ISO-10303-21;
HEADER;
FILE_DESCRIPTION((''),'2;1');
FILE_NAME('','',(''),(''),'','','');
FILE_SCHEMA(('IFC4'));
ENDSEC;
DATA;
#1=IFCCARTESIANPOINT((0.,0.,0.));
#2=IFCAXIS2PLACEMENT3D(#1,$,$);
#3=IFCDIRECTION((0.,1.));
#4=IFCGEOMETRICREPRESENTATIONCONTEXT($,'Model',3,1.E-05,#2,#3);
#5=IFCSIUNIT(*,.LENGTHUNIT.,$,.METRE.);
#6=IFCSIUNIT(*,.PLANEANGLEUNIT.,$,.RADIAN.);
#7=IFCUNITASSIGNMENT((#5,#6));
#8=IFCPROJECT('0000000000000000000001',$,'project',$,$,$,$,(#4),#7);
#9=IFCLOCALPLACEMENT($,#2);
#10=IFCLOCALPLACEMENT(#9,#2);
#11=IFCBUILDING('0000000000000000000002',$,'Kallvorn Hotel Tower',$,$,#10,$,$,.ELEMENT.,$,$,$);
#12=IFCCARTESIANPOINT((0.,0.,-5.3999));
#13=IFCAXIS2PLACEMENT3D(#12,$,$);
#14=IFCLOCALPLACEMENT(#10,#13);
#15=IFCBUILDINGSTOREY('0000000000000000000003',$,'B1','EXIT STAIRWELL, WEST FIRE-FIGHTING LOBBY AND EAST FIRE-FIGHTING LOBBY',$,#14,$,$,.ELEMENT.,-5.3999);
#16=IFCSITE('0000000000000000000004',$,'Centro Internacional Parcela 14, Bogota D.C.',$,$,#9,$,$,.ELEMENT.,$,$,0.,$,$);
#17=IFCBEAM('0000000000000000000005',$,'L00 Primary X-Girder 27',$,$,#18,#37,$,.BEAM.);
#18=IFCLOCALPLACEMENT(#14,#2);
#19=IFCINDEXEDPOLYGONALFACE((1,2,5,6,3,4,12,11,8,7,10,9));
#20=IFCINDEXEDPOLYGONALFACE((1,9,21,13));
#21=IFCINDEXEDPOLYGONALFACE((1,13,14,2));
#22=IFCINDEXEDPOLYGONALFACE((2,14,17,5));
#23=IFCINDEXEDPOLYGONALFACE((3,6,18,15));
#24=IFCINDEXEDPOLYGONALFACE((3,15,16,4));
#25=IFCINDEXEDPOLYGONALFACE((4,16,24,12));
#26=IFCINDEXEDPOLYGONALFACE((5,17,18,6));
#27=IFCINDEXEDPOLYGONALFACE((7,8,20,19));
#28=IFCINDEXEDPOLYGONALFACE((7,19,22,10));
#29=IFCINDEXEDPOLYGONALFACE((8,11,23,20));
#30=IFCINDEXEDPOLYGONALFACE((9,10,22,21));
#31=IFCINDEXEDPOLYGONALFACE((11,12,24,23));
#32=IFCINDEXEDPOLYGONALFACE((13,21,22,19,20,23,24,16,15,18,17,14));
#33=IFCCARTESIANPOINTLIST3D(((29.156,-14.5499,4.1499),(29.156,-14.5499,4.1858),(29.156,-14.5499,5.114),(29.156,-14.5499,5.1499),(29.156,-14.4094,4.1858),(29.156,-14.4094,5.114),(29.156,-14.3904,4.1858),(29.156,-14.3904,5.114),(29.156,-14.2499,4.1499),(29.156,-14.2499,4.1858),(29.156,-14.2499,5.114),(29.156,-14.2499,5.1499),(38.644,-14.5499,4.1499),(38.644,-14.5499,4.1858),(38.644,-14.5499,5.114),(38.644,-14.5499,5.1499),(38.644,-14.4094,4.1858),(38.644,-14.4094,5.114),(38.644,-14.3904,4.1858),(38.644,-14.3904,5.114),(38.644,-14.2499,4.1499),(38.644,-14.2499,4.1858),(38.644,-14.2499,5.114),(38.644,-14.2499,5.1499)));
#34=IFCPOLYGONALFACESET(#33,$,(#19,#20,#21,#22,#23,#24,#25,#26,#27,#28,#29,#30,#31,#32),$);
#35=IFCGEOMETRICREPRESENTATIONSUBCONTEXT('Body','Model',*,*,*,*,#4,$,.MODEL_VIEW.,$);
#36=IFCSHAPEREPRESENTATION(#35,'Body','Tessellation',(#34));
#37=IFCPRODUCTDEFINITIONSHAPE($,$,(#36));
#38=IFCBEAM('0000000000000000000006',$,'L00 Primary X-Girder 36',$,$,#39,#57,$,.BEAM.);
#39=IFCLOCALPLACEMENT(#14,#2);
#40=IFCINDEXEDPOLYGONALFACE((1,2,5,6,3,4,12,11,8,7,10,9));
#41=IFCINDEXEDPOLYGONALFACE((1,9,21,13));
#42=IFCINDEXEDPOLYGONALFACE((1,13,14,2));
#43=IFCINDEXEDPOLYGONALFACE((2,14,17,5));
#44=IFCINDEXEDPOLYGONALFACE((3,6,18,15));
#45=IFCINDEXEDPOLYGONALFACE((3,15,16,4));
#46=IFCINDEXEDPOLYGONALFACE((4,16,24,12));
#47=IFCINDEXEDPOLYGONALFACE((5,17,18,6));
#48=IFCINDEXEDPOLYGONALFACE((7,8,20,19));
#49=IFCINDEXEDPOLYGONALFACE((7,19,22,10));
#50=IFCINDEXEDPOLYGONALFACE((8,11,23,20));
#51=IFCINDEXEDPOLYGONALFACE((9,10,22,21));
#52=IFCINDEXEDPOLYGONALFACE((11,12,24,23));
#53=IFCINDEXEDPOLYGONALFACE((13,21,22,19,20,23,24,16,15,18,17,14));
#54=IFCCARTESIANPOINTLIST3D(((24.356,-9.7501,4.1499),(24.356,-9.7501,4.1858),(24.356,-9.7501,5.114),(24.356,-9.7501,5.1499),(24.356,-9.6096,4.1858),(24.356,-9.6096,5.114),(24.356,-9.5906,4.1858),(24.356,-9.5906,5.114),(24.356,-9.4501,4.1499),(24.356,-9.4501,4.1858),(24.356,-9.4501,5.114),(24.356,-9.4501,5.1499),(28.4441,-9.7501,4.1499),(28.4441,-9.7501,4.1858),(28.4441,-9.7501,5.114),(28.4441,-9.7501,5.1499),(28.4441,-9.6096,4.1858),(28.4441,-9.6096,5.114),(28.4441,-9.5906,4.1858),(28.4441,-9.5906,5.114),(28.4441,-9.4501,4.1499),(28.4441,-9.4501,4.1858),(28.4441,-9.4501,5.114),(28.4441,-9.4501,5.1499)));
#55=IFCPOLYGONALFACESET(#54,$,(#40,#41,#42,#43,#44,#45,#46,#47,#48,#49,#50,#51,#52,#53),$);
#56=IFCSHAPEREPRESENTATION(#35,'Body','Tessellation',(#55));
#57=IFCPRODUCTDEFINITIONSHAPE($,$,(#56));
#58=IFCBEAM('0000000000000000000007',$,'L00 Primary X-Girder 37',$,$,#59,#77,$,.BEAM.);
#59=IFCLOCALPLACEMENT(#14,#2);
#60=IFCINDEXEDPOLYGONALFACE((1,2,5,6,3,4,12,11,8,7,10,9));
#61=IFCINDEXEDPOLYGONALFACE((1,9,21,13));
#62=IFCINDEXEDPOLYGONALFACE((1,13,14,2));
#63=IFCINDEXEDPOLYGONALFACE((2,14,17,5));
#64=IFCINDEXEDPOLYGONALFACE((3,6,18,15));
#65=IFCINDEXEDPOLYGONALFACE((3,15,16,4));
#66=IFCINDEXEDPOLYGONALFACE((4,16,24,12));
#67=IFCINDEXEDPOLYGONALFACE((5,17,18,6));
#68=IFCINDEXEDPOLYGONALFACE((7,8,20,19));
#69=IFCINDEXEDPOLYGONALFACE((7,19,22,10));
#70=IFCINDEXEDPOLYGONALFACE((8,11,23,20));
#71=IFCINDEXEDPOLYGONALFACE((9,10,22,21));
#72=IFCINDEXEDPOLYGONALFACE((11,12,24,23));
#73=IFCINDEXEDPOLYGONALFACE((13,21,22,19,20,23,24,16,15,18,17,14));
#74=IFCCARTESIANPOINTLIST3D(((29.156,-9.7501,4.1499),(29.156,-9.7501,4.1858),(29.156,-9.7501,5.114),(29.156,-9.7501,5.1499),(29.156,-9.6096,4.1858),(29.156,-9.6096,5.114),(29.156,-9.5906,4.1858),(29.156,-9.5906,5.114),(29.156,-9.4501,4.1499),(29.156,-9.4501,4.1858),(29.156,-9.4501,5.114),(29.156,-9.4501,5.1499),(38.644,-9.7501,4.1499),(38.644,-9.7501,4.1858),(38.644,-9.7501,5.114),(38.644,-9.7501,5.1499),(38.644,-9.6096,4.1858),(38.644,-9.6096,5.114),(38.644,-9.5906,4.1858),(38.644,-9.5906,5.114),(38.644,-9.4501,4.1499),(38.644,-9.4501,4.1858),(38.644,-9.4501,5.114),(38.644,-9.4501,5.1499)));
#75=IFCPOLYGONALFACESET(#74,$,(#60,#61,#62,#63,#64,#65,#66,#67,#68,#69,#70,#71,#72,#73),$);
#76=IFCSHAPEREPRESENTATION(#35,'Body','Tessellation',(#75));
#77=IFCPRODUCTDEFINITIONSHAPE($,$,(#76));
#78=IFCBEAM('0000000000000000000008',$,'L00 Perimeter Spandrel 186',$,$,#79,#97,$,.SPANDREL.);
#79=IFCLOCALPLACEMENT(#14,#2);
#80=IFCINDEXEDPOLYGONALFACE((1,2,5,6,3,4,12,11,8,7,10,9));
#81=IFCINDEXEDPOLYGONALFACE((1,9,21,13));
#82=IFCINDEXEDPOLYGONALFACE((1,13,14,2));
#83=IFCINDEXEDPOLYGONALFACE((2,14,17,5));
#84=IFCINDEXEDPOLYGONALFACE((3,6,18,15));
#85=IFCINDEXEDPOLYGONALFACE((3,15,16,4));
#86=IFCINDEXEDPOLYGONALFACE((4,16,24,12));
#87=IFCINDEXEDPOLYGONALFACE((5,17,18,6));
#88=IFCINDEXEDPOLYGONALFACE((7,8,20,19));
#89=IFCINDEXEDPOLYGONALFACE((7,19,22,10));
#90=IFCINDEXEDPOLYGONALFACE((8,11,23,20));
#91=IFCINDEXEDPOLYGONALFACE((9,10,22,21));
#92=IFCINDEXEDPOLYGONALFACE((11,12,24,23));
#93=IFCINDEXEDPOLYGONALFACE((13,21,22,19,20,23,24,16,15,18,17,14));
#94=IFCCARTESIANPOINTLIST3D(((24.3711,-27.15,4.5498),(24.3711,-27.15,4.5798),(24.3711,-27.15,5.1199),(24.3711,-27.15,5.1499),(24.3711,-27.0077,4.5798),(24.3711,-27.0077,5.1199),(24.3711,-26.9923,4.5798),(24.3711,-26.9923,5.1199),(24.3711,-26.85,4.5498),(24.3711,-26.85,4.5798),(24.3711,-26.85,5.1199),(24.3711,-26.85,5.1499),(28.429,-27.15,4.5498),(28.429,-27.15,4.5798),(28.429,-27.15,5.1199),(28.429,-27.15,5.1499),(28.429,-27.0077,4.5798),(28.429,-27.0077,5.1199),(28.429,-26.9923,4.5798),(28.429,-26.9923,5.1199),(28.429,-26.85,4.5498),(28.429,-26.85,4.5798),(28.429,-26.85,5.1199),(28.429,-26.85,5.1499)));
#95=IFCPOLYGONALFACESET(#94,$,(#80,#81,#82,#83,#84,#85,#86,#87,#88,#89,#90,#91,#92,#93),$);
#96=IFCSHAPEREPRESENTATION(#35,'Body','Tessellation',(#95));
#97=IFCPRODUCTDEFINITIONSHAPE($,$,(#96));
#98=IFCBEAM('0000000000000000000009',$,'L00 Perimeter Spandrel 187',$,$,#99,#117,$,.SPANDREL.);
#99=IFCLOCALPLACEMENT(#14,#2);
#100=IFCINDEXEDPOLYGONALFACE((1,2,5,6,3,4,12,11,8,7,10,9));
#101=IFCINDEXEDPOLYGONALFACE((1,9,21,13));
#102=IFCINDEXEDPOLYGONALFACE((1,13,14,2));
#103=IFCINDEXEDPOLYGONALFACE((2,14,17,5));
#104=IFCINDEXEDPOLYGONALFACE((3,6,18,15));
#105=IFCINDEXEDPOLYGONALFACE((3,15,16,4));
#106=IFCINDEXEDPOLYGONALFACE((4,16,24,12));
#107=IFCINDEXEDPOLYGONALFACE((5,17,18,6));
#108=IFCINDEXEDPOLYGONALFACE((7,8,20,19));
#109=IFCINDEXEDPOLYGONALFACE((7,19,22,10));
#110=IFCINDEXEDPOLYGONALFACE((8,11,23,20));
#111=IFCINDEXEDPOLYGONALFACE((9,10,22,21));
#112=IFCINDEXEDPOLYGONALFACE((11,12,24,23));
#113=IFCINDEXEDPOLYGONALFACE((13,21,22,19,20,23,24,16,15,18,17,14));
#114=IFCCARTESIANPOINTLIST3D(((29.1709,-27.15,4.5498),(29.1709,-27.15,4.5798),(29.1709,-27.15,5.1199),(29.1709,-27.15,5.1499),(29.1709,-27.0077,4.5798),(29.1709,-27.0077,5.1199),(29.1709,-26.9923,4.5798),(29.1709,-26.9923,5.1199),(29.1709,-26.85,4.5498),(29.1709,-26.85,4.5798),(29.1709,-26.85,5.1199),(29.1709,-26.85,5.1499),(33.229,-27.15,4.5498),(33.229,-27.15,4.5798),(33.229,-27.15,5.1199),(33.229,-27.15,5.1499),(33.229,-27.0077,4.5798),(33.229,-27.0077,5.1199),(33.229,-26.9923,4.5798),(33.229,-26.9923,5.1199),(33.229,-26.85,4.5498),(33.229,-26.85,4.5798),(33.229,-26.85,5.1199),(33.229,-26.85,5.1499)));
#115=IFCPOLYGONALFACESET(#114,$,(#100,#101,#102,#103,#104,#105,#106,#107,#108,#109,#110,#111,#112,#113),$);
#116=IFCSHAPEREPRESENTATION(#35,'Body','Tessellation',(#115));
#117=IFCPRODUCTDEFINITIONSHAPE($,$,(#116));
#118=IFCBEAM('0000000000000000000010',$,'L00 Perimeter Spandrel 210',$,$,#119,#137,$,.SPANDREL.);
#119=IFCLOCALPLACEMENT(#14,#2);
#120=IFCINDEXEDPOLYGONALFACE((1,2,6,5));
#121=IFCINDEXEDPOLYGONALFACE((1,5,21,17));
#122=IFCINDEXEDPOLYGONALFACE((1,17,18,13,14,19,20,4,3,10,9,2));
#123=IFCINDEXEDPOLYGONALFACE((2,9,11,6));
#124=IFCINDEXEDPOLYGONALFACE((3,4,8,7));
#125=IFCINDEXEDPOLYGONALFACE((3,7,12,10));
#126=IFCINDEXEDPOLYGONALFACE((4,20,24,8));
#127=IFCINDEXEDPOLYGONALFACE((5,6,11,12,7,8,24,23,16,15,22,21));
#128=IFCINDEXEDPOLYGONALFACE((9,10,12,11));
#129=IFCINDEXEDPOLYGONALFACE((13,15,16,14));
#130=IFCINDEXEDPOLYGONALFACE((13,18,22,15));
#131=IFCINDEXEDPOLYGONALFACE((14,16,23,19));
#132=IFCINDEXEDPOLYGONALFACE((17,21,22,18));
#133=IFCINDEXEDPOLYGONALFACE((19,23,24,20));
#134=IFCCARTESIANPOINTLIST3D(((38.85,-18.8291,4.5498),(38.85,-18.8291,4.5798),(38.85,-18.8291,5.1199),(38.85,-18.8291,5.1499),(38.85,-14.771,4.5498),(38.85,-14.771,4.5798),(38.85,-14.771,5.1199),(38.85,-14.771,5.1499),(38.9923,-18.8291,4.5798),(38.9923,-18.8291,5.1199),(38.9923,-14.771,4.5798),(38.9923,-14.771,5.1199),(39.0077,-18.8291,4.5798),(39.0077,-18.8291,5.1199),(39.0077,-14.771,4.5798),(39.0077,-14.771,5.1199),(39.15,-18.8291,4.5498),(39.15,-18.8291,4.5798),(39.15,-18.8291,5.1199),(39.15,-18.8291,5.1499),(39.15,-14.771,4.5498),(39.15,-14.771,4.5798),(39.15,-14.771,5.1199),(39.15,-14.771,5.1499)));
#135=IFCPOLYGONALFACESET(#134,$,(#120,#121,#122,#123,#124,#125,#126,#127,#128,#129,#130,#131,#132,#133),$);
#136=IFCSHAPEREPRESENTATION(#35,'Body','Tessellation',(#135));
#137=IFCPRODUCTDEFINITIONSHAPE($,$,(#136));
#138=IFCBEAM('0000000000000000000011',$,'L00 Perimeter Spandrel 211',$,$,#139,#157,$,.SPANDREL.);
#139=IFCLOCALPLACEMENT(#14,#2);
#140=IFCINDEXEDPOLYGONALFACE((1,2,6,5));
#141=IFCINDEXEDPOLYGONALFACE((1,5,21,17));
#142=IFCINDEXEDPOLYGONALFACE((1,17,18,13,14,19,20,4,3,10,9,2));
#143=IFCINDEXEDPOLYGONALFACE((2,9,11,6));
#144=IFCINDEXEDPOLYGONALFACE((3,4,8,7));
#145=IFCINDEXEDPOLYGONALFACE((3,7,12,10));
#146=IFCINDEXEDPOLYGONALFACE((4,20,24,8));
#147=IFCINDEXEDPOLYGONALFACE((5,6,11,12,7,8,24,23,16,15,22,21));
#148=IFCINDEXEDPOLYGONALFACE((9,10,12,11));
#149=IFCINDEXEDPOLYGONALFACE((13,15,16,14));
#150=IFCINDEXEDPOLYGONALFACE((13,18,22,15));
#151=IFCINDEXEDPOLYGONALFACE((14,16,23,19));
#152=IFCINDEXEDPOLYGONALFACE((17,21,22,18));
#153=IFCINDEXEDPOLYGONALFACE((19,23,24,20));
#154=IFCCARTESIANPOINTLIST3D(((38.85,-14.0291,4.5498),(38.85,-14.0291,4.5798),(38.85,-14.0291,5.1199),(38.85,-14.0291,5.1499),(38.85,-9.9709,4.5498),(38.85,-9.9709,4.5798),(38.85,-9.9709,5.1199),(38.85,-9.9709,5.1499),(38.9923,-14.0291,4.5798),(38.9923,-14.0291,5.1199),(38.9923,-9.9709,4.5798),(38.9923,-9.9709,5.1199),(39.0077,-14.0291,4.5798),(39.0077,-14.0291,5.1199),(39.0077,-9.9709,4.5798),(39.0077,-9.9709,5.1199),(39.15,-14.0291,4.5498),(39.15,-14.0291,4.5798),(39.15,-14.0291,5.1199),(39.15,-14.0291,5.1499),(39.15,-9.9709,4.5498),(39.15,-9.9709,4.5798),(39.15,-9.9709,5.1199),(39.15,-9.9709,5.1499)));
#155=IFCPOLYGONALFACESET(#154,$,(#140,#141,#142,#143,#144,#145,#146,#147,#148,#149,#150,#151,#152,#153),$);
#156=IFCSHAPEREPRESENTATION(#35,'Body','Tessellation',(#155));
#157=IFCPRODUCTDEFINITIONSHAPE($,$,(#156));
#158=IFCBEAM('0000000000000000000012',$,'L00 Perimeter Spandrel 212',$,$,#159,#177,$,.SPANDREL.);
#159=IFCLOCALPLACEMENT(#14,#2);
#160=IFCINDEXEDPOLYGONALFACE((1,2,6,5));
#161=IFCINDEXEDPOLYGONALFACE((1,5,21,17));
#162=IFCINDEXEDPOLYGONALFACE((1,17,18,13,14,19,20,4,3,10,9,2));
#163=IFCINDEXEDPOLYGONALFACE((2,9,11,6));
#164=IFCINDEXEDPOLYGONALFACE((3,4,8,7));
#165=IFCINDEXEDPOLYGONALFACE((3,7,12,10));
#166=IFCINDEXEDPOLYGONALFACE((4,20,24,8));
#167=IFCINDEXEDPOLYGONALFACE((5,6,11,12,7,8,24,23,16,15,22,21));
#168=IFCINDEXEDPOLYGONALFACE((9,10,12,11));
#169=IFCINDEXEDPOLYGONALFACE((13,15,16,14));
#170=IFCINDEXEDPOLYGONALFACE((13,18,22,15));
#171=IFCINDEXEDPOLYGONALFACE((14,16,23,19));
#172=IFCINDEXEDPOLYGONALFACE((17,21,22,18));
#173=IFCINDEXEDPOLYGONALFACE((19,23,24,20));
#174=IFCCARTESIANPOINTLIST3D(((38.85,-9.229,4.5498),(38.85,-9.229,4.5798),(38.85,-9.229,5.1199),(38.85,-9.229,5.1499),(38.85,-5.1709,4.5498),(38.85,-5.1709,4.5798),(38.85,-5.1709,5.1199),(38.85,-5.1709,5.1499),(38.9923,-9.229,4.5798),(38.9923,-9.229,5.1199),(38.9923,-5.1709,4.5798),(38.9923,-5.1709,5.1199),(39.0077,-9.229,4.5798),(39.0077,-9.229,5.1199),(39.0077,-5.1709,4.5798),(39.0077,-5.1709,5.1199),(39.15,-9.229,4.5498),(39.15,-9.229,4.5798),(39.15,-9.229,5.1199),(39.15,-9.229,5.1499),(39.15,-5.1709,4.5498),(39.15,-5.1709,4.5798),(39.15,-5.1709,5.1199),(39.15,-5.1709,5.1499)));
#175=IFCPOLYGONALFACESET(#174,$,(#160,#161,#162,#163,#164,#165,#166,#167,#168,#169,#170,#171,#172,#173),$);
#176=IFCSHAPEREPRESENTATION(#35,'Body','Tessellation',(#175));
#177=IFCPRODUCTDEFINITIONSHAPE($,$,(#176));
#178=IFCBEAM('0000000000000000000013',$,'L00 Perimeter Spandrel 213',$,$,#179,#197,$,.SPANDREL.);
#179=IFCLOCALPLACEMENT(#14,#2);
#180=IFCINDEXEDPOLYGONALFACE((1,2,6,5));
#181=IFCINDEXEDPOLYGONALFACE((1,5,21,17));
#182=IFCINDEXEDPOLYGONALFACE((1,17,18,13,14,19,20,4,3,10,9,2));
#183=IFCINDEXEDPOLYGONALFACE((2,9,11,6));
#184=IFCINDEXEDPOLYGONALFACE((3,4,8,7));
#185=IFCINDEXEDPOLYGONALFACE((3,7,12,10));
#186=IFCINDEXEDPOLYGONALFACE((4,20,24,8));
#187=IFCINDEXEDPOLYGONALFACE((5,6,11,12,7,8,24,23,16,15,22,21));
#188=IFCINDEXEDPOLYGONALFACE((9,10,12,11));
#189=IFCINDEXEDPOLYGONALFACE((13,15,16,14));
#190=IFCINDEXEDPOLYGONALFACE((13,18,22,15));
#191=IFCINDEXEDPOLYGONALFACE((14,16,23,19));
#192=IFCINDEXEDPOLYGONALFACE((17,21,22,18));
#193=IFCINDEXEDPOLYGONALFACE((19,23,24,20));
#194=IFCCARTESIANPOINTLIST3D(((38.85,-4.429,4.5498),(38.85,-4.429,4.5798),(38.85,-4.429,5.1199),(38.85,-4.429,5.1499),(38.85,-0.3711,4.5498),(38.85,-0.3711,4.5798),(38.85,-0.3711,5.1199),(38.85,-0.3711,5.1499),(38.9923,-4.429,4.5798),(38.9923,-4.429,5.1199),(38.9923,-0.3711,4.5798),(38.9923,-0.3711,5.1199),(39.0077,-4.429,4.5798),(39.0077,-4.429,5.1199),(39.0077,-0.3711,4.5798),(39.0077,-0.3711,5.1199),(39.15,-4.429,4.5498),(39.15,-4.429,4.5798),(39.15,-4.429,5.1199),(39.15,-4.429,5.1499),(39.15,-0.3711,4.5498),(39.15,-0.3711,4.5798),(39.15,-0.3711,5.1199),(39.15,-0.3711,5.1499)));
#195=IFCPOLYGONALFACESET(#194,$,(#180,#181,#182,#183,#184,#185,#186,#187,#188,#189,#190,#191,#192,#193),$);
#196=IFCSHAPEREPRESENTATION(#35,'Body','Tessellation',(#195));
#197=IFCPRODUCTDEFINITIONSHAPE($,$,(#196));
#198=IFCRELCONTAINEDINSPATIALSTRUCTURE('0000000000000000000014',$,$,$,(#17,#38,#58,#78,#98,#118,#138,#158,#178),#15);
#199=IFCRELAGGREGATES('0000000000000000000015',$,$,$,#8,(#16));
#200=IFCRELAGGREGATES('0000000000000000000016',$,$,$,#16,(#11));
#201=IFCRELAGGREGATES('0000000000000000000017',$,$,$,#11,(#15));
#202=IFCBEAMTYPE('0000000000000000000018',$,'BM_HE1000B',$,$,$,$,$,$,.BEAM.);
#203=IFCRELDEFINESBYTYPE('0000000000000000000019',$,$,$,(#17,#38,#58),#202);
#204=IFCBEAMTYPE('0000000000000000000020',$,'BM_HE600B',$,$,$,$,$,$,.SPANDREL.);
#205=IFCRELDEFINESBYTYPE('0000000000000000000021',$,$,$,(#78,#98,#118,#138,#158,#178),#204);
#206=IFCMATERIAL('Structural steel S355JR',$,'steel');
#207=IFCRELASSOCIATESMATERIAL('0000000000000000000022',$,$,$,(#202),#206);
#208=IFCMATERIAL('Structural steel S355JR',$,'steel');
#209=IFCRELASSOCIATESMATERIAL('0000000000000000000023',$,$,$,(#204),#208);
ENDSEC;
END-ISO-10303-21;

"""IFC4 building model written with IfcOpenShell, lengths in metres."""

from ifc_helpers import new_model, si_unit, direction, frame, origin, origin_2d, place, context, subcontext, project, spatial, i_section, extrude, material, material_profile, profile_set, type_object, element, save


model = new_model("IFC4")

# Units and contexts
model_context = context("Model", 3, precision=1e-05, world=origin(), true_north=direction((0.0, 1.0)))
body_context = subcontext(model_context, "Body", "Model", "MODEL_VIEW")
ifc_project = project(units=[si_unit("LENGTHUNIT", "METRE"), si_unit("PLANEANGLEUNIT", "RADIAN")], contexts=[model_context])

# Site, building, storey
site_placement = place(None, origin())
site = spatial("IfcSite", under=ifc_project, at=site_placement, Name="Centro Internacional Parcela 14, Bogota D.C.", CompositionType="ELEMENT", RefElevation=0.0)
building_placement = place(site_placement, origin())
building = spatial("IfcBuilding", under=site, at=building_placement, Name="Kallvorn Hotel Tower", CompositionType="ELEMENT")
storey_placement = place(building_placement, frame((0.0, 0.0, -5.3999)))
storey = spatial("IfcBuildingStorey", under=building, at=storey_placement, Name="B1", Description="EXIT STAIRWELL, WEST FIRE-FIGHTING LOBBY AND EAST FIRE-FIGHTING LOBBY", CompositionType="ELEMENT", Elevation=-5.3999)

# Beams
ifc_material_1 = material(Name="Structural steel S355JR", Category="steel")
ifc_material_profile_1 = material_profile(ifc_material_1, i_section(OverallWidth=0.3, OverallDepth=1.0, WebThickness=0.019, FlangeThickness=0.0359, at=origin_2d()), Name="HE 1000 B")
ifc_profile_set_1 = profile_set([ifc_material_profile_1], Name="Structural steel S355JR")
beam_type_1 = type_object("IfcBeamType", Name="BM_HE1000B", PredefinedType="BEAM", material=ifc_profile_set_1)
beam_1_placement = place(storey_placement, frame((29.156, -14.3999, 4.6499), z_axis=(1.0, 0.0, 0.0), x_axis=(0.0, 1.0, 0.0)))
element("IfcBeam", 1, at=beam_1_placement, inside=storey, type_object=beam_type_1, Name="L00 Primary X-Girder 27", PredefinedType="BEAM", context=body_context, shape_type="SweptSolid", body=[
    extrude(i_section(OverallWidth=0.3, OverallDepth=1.0, WebThickness=0.019, FlangeThickness=0.0359, at=origin_2d()), origin(), (0.0, 0.0, 1.0), 9.488),
])
beam_2_placement = place(storey_placement, frame((24.356, -9.6001, 4.6499), z_axis=(1.0, 0.0, 0.0), x_axis=(0.0, 1.0, 0.0)))
element("IfcBeam", 2, at=beam_2_placement, inside=storey, type_object=beam_type_1, Name="L00 Primary X-Girder 36", PredefinedType="BEAM", context=body_context, shape_type="SweptSolid", body=[
    extrude(i_section(OverallWidth=0.3, OverallDepth=1.0, WebThickness=0.019, FlangeThickness=0.0359, at=origin_2d()), origin(), (0.0, 0.0, 1.0), 4.0881),
])
beam_3_placement = place(storey_placement, frame((29.156, -9.6001, 4.6499), z_axis=(1.0, 0.0, 0.0), x_axis=(0.0, 1.0, 0.0)))
element("IfcBeam", 3, at=beam_3_placement, inside=storey, type_object=beam_type_1, Name="L00 Primary X-Girder 37", PredefinedType="BEAM", context=body_context, shape_type="SweptSolid", body=[
    extrude(i_section(OverallWidth=0.3, OverallDepth=1.0, WebThickness=0.019, FlangeThickness=0.0359, at=origin_2d()), origin(), (0.0, 0.0, 1.0), 9.488),
])
ifc_material_2 = material(Name="Structural steel S355JR", Category="steel")
ifc_material_profile_2 = material_profile(ifc_material_2, i_section(OverallWidth=0.3, OverallDepth=0.6001, WebThickness=0.0154, FlangeThickness=0.03, at=origin_2d()), Name="HE 600 B")
ifc_profile_set_2 = profile_set([ifc_material_profile_2], Name="Structural steel S355JR")
beam_type_2 = type_object("IfcBeamType", Name="BM_HE600B", PredefinedType="SPANDREL", material=ifc_profile_set_2)
beam_4_placement = place(storey_placement, frame((24.3711, -27.0, 4.8499), z_axis=(1.0, 0.0, 0.0), x_axis=(0.0, 1.0, 0.0)))
element("IfcBeam", 4, at=beam_4_placement, inside=storey, type_object=beam_type_2, Name="L00 Perimeter Spandrel 186", PredefinedType="SPANDREL", context=body_context, shape_type="SweptSolid", body=[
    extrude(i_section(OverallWidth=0.3, OverallDepth=0.6001, WebThickness=0.0154, FlangeThickness=0.03, at=origin_2d()), origin(), (0.0, 0.0, 1.0), 4.0579),
])
for number, where, z_axis, x_axis, name in (
    (5, (29.1709, -27.0, 4.8499), (1.0, 0.0, 0.0), (0.0, 1.0, 0.0), "L00 Perimeter Spandrel 187"),
    (6, (39.0, -18.8291, 4.8499), (0.0, 1.0, 0.0), (-1.0, 0.0, 0.0), "L00 Perimeter Spandrel 210"),
    (7, (39.0, -14.0291, 4.8499), (0.0, 1.0, 0.0), (-1.0, 0.0, 0.0), "L00 Perimeter Spandrel 211"),
    (8, (39.0, -9.229, 4.8499), (0.0, 1.0, 0.0), (-1.0, 0.0, 0.0), "L00 Perimeter Spandrel 212"),
):
    element("IfcBeam", number, at=place(storey_placement, frame(where, z_axis=z_axis, x_axis=x_axis)), inside=storey, type_object=beam_type_2, Name=name, PredefinedType="SPANDREL", context=body_context, shape_type="SweptSolid", body=[
        extrude(i_section(OverallWidth=0.3, OverallDepth=0.6001, WebThickness=0.0154, FlangeThickness=0.03, at=origin_2d()), origin(), (0.0, 0.0, 1.0), 4.0581),
    ])
beam_5_placement = place(storey_placement, frame((39.0, -4.429, 4.8499), z_axis=(0.0, 1.0, 0.0), x_axis=(-1.0, 0.0, 0.0)))
element("IfcBeam", 9, at=beam_5_placement, inside=storey, type_object=beam_type_2, Name="L00 Perimeter Spandrel 213", PredefinedType="SPANDREL", context=body_context, shape_type="SweptSolid", body=[
    extrude(i_section(OverallWidth=0.3, OverallDepth=0.6001, WebThickness=0.0154, FlangeThickness=0.03, at=origin_2d()), origin(), (0.0, 0.0, 1.0), 4.0579),
])

save(model, "model.ifc")
